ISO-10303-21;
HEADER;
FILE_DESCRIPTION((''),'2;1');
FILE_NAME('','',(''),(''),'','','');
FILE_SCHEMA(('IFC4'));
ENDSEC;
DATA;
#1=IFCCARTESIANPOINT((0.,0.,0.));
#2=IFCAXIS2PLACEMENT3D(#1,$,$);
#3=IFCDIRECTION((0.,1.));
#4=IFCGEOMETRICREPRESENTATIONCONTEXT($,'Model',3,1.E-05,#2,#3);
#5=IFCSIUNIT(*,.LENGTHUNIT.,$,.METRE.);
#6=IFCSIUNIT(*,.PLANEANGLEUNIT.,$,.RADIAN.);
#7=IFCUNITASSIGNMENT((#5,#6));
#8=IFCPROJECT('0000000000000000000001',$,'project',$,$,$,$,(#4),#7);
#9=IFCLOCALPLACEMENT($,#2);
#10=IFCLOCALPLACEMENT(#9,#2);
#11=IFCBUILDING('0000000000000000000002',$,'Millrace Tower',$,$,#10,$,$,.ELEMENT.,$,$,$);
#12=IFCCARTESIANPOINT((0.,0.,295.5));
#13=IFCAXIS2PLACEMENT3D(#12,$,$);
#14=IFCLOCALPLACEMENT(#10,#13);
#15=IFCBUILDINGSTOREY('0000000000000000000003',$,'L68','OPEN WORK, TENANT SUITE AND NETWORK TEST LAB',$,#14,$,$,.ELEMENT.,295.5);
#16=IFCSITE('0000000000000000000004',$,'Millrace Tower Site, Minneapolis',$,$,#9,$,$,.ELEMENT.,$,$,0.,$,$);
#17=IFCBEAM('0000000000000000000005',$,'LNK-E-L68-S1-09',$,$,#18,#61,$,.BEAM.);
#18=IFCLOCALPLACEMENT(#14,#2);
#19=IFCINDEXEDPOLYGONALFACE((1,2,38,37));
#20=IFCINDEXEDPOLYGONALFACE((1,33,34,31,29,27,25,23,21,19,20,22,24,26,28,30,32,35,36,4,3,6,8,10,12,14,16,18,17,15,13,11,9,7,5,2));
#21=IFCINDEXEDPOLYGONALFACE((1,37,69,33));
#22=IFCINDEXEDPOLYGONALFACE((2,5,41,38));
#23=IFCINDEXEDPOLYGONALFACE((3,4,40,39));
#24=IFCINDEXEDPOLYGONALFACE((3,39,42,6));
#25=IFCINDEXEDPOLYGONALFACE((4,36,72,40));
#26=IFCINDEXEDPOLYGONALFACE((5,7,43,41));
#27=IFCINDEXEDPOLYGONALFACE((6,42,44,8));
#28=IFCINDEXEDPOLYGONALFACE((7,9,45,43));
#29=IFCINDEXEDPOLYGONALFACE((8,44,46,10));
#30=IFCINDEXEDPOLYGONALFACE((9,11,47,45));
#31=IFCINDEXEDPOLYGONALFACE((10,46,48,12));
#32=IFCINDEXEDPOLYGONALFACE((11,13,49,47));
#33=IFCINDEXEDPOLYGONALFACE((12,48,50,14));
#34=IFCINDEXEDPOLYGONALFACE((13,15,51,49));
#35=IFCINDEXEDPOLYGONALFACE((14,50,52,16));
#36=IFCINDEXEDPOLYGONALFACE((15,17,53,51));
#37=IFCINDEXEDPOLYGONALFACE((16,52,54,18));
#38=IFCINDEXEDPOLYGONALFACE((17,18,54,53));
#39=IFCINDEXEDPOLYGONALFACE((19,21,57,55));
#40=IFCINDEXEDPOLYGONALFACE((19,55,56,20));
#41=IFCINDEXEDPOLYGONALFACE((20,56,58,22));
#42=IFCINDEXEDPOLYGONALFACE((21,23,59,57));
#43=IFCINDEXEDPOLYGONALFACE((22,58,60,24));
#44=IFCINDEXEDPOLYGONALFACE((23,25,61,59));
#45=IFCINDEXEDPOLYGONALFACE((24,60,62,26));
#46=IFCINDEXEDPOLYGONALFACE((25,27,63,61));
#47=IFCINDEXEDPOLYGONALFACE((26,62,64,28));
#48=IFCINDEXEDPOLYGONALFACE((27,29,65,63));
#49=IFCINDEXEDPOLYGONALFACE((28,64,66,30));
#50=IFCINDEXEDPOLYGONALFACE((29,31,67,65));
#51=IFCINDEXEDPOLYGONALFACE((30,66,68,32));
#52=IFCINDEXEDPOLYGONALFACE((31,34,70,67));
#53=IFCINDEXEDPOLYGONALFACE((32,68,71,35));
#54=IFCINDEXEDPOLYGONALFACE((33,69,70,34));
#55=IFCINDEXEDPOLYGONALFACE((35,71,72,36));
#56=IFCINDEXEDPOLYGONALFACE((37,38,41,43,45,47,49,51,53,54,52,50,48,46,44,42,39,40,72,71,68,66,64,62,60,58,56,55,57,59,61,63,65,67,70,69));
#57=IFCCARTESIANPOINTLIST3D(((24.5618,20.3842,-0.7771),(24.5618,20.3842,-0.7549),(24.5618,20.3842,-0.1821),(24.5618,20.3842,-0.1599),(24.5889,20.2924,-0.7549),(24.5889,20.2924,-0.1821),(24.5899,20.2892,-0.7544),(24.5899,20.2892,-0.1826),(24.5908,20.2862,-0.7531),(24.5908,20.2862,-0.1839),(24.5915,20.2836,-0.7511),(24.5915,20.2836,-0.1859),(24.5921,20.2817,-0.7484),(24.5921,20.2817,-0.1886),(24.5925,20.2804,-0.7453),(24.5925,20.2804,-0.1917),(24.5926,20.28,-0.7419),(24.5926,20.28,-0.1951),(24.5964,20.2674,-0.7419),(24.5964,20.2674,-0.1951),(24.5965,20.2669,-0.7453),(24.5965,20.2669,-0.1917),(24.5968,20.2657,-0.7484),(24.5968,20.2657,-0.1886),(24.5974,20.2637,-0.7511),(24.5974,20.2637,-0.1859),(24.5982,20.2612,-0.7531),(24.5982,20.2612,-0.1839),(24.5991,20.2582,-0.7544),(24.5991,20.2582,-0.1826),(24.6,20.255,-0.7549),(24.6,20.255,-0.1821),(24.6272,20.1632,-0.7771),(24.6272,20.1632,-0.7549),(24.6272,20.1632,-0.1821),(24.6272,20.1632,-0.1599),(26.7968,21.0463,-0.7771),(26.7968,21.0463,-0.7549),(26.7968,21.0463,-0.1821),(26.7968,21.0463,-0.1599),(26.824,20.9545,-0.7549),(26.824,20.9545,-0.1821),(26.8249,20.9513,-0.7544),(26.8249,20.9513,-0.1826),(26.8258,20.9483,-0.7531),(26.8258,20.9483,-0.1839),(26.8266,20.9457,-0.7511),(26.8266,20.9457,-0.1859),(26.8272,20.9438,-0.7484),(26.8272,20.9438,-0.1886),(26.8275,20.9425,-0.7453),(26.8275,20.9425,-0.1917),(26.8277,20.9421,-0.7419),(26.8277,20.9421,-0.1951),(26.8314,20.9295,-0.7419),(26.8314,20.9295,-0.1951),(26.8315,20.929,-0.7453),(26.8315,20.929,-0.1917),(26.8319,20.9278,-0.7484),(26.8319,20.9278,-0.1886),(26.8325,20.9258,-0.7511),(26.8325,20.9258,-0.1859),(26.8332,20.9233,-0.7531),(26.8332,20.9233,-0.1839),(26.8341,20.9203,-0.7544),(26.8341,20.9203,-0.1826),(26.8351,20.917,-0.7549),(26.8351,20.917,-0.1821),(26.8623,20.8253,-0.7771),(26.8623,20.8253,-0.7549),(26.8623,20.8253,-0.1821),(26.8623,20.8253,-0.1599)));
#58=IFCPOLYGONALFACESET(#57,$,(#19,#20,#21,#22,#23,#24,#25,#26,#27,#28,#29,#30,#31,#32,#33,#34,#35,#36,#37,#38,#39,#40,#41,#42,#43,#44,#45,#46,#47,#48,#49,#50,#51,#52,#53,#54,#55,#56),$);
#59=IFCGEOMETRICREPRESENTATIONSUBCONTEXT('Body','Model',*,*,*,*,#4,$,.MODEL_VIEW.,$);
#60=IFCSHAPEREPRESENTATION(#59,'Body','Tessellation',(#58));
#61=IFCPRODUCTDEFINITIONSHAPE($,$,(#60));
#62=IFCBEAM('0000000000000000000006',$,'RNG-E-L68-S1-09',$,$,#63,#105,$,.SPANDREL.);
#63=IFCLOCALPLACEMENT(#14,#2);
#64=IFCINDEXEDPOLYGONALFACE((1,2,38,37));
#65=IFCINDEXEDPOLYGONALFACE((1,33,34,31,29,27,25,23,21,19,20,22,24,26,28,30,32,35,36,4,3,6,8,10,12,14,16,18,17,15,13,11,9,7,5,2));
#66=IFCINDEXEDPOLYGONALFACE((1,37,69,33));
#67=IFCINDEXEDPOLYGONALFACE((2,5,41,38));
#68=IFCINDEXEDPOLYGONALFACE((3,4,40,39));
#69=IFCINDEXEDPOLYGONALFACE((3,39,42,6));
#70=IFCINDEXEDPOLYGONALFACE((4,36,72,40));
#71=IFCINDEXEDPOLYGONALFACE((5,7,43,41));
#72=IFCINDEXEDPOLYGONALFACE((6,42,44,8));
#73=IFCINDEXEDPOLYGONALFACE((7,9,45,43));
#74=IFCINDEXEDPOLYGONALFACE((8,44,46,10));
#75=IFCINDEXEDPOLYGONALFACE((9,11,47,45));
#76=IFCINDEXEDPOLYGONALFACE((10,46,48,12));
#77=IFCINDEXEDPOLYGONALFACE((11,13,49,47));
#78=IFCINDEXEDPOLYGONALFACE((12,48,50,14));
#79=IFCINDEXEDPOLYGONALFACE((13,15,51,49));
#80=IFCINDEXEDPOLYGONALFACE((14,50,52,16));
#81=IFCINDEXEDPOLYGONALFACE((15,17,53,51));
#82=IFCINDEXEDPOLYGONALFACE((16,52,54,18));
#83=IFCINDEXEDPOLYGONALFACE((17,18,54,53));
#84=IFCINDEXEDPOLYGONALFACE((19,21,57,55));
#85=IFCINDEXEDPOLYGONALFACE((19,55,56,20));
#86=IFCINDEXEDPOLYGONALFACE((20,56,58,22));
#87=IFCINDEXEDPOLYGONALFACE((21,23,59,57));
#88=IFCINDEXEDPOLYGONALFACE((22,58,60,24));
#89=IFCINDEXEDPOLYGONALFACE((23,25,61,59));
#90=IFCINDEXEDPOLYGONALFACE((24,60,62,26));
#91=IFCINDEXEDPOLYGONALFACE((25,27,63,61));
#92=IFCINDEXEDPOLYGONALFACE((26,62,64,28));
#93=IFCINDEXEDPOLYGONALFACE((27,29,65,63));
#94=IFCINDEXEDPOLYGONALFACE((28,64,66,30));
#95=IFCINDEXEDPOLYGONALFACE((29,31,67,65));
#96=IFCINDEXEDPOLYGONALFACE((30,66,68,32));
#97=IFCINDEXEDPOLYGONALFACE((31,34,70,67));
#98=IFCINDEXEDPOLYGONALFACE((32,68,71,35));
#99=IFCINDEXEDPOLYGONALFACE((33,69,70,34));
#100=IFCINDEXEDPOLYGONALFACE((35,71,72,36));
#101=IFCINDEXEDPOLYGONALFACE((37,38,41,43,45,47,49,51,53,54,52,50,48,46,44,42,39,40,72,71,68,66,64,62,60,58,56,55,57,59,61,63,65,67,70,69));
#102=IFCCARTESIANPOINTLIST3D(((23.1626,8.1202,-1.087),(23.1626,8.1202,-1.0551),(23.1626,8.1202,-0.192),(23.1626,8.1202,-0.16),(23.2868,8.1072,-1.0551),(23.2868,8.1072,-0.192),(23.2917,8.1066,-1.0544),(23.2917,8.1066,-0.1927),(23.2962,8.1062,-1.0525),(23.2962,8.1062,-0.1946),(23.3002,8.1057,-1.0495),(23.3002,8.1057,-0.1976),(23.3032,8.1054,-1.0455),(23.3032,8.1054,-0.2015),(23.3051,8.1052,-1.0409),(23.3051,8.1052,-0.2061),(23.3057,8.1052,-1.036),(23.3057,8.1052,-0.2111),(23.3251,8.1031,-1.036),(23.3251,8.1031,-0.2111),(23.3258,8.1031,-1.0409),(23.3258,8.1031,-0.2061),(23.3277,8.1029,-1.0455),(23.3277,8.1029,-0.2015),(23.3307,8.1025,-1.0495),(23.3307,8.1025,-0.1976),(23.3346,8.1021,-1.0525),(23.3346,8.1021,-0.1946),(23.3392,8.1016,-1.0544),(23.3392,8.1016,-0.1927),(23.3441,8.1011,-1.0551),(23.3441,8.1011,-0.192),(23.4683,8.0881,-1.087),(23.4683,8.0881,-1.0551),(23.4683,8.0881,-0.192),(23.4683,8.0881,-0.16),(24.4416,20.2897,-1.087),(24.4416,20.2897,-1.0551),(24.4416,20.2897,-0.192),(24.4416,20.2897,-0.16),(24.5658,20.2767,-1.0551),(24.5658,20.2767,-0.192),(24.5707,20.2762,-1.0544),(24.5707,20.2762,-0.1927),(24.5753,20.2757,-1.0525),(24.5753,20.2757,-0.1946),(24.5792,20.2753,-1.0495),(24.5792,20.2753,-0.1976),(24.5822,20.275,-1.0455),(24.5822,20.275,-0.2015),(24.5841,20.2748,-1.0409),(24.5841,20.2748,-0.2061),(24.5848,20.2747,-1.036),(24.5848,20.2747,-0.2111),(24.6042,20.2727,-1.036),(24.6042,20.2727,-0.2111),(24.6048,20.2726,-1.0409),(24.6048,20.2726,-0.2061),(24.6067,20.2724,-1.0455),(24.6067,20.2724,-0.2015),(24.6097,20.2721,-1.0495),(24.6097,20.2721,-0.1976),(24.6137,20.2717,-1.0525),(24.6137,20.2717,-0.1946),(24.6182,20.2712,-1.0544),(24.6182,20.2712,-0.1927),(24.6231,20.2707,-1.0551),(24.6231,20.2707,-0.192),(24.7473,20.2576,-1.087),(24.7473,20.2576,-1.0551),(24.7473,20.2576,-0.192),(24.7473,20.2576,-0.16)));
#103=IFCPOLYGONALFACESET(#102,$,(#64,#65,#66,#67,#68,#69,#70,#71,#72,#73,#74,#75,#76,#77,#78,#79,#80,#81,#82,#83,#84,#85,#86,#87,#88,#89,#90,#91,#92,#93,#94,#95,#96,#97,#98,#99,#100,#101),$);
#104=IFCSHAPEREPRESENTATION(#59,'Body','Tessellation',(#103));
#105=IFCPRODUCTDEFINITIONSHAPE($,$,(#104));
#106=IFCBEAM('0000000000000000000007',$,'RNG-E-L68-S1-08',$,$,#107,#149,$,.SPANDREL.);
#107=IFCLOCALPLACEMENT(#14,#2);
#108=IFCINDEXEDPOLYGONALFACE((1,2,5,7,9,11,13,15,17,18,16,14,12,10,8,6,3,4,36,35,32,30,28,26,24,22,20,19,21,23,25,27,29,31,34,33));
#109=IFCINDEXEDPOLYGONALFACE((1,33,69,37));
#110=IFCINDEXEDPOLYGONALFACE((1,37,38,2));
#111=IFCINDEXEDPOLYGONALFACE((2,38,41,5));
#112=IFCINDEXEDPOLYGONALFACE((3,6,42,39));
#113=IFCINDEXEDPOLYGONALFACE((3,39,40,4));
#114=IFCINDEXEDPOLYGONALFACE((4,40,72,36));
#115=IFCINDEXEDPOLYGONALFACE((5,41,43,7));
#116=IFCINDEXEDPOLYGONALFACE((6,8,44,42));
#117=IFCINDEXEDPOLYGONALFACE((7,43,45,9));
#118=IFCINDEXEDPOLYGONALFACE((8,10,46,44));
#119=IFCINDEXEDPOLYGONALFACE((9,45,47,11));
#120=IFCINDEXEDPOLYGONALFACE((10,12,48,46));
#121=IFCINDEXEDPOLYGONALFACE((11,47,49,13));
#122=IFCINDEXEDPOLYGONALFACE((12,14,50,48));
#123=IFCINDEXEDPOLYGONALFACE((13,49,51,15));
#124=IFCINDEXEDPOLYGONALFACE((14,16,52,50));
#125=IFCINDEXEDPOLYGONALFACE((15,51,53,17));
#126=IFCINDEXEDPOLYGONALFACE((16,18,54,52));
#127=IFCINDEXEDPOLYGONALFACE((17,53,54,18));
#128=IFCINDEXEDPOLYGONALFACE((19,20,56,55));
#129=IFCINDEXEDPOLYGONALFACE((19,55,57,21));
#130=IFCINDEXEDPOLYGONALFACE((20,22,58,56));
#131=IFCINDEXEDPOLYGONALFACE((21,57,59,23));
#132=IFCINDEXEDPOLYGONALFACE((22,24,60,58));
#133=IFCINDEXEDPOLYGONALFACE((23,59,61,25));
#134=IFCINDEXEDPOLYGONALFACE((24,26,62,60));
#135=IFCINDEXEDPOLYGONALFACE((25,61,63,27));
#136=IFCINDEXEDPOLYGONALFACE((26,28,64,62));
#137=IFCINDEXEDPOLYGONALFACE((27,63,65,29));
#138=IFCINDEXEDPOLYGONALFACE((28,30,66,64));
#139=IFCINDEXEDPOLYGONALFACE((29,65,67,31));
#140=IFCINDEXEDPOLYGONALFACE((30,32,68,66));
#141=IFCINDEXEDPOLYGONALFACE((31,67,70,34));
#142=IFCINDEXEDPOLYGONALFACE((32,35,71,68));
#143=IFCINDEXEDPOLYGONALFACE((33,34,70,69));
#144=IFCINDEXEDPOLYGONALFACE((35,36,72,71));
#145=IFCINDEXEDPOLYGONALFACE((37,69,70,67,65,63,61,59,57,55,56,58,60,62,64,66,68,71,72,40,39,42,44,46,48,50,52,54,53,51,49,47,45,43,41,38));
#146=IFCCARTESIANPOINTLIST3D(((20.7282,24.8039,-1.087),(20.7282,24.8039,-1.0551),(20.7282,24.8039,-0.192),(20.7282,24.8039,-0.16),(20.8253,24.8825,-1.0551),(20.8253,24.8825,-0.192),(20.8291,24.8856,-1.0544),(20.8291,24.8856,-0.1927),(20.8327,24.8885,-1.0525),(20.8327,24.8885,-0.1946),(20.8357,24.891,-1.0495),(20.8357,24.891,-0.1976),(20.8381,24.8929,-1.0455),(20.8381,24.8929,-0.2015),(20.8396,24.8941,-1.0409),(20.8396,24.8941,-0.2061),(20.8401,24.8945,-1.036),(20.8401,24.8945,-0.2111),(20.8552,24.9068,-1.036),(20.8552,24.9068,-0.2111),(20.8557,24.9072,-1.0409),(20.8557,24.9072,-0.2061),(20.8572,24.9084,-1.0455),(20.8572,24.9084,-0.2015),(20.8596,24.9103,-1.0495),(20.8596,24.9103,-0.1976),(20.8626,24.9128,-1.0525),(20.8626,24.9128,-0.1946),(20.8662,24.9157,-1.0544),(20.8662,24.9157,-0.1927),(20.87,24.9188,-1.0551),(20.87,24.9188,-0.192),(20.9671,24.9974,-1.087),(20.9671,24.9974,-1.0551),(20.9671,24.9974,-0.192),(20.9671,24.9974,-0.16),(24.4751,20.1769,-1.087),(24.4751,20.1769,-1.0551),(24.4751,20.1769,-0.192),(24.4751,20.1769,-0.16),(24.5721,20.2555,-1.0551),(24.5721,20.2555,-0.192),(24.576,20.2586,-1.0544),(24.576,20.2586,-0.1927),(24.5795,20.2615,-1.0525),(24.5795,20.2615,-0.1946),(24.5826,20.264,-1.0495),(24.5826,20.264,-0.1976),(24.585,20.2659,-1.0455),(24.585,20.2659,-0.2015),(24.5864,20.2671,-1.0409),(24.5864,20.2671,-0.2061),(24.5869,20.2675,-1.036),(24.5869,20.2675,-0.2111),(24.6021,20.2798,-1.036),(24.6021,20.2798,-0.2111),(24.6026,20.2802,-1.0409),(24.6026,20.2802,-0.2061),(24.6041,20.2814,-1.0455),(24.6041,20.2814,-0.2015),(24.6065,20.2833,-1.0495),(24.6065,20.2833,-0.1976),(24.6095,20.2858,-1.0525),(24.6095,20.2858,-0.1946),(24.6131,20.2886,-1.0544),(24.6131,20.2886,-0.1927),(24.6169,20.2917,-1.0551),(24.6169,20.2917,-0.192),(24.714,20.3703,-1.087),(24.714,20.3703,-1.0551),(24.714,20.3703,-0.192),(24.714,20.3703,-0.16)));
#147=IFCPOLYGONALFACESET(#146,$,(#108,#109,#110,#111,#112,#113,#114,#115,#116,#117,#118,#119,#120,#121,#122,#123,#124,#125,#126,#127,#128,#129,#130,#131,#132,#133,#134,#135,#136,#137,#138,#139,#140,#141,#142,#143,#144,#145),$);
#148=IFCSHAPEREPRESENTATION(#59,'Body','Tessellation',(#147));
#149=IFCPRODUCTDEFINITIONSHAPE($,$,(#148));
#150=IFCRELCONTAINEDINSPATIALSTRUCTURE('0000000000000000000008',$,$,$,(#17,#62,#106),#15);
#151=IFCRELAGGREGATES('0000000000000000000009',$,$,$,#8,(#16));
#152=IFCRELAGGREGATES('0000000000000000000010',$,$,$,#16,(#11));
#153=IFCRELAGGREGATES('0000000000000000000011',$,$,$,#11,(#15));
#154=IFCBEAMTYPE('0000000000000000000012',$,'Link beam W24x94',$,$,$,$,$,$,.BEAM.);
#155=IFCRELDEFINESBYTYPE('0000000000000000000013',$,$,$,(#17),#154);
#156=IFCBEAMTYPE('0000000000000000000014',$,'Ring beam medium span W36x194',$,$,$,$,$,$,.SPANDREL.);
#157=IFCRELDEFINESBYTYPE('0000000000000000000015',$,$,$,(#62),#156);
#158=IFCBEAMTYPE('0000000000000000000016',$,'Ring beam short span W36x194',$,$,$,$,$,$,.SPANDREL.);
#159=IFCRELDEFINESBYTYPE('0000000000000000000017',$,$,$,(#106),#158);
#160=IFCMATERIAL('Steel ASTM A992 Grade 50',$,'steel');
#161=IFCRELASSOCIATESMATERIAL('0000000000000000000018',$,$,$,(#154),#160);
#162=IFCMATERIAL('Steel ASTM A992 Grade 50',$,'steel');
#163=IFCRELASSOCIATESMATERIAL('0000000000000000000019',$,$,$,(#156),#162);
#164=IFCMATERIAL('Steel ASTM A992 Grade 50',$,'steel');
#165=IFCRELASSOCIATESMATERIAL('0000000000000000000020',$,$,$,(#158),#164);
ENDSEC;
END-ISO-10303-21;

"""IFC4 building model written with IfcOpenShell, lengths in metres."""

from ifc_helpers import new_model, si_unit, direction, frame, origin, origin_2d, place, context, subcontext, project, spatial, i_section, extrude, material, material_profile, profile_set, type_object, element, save


model = new_model("IFC4")

# Units and contexts
model_context = context("Model", 3, precision=1e-05, world=origin(), true_north=direction((0.0, 1.0)))
body_context = subcontext(model_context, "Body", "Model", "MODEL_VIEW")
ifc_project = project(units=[si_unit("LENGTHUNIT", "METRE"), si_unit("PLANEANGLEUNIT", "RADIAN")], contexts=[model_context])

# Site, building, storey
site_placement = place(None, origin())
site = spatial("IfcSite", under=ifc_project, at=site_placement, Name="Millrace Tower Site, Minneapolis", CompositionType="ELEMENT", RefElevation=0.0)
building_placement = place(site_placement, origin())
building = spatial("IfcBuilding", under=site, at=building_placement, Name="Millrace Tower", CompositionType="ELEMENT")
storey_placement = place(building_placement, frame((0.0, 0.0, 295.5)))
storey = spatial("IfcBuildingStorey", under=building, at=storey_placement, Name="L68", Description="OPEN WORK, TENANT SUITE AND NETWORK TEST LAB", CompositionType="ELEMENT", Elevation=295.5)

# Beams
ifc_material_1 = material(Name="Steel ASTM A992 Grade 50", Category="steel")
ifc_material_profile_1 = material_profile(ifc_material_1, i_section(OverallWidth=0.2305, OverallDepth=0.6172, WebThickness=0.0132, FlangeThickness=0.0222, FilletRadius=0.0129, at=origin_2d()))
ifc_profile_set_1 = profile_set([ifc_material_profile_1], Name="Steel ASTM A992 Grade 50")
beam_type_1 = type_object("IfcBeamType", Name="Link beam W24x94", PredefinedType="BEAM", material=ifc_profile_set_1)
for number, where, z_axis, x_axis, name in (
    (1, (24.5945, 20.2737, -0.4685), (0.958815, 0.284031, 0.0), (-0.284031, 0.958815, 0.0), "LNK-E-L68-S1-09"),
):
    element("IfcBeam", number, at=place(storey_placement, frame(where, z_axis=z_axis, x_axis=x_axis)), inside=storey, type_object=beam_type_1, Name=name, PredefinedType="BEAM", context=body_context, shape_type="SweptSolid", body=[
        extrude(i_section(OverallWidth=0.2305, OverallDepth=0.6172, WebThickness=0.0132, FlangeThickness=0.0222, FilletRadius=0.0129, at=origin_2d()), origin(), (0.0, 0.0, 1.0), 2.3311),
    ])
ifc_material_2 = material(Name="Steel ASTM A992 Grade 50", Category="steel")
ifc_material_profile_2 = material_profile(ifc_material_2, i_section(OverallWidth=0.3074, OverallDepth=0.927, WebThickness=0.0195, FlangeThickness=0.032, FilletRadius=0.019, at=origin_2d()))
ifc_profile_set_2 = profile_set([ifc_material_profile_2], Name="Steel ASTM A992 Grade 50")
beam_type_2 = type_object("IfcBeamType", Name="Ring beam medium span W36x194", PredefinedType="SPANDREL", material=ifc_profile_set_2)
beam_1_placement = place(storey_placement, frame((24.5945, 20.2737, -0.6235), z_axis=(-0.104528, -0.994522, 0.0), x_axis=(0.994522, -0.104528, 0.0)))
element("IfcBeam", 2, at=beam_1_placement, inside=storey, type_object=beam_type_2, Name="RNG-E-L68-S1-09", PredefinedType="SPANDREL", context=body_context, shape_type="SweptSolid", body=[
    extrude(i_section(OverallWidth=0.3074, OverallDepth=0.927, WebThickness=0.0195, FlangeThickness=0.032, FilletRadius=0.019, at=origin_2d()), origin(), (0.0, 0.0, 1.0), 12.2366),
])
ifc_material_3 = material(Name="Steel ASTM A992 Grade 50", Category="steel")
ifc_material_profile_3 = material_profile(ifc_material_3, i_section(OverallWidth=0.3074, OverallDepth=0.927, WebThickness=0.0195, FlangeThickness=0.032, FilletRadius=0.019, at=origin_2d()))
ifc_profile_set_3 = profile_set([ifc_material_profile_3], Name="Steel ASTM A992 Grade 50")
beam_type_3 = type_object("IfcBeamType", Name="Ring beam short span W36x194", PredefinedType="SPANDREL", material=ifc_profile_set_3)
beam_2_placement = place(storey_placement, frame((20.8477, 24.9006, -0.6235), z_axis=(0.62932, -0.777147, 0.0), x_axis=(0.777147, 0.62932, 0.0)))
element("IfcBeam", 3, at=beam_2_placement, inside=storey, type_object=beam_type_3, Name="RNG-E-L68-S1-08", PredefinedType="SPANDREL", context=body_context, shape_type="SweptSolid", body=[
    extrude(i_section(OverallWidth=0.3074, OverallDepth=0.927, WebThickness=0.0195, FlangeThickness=0.032, FilletRadius=0.019, at=origin_2d()), origin(), (0.0, 0.0, 1.0), 5.9539),
])

save(model, "model.ifc")
